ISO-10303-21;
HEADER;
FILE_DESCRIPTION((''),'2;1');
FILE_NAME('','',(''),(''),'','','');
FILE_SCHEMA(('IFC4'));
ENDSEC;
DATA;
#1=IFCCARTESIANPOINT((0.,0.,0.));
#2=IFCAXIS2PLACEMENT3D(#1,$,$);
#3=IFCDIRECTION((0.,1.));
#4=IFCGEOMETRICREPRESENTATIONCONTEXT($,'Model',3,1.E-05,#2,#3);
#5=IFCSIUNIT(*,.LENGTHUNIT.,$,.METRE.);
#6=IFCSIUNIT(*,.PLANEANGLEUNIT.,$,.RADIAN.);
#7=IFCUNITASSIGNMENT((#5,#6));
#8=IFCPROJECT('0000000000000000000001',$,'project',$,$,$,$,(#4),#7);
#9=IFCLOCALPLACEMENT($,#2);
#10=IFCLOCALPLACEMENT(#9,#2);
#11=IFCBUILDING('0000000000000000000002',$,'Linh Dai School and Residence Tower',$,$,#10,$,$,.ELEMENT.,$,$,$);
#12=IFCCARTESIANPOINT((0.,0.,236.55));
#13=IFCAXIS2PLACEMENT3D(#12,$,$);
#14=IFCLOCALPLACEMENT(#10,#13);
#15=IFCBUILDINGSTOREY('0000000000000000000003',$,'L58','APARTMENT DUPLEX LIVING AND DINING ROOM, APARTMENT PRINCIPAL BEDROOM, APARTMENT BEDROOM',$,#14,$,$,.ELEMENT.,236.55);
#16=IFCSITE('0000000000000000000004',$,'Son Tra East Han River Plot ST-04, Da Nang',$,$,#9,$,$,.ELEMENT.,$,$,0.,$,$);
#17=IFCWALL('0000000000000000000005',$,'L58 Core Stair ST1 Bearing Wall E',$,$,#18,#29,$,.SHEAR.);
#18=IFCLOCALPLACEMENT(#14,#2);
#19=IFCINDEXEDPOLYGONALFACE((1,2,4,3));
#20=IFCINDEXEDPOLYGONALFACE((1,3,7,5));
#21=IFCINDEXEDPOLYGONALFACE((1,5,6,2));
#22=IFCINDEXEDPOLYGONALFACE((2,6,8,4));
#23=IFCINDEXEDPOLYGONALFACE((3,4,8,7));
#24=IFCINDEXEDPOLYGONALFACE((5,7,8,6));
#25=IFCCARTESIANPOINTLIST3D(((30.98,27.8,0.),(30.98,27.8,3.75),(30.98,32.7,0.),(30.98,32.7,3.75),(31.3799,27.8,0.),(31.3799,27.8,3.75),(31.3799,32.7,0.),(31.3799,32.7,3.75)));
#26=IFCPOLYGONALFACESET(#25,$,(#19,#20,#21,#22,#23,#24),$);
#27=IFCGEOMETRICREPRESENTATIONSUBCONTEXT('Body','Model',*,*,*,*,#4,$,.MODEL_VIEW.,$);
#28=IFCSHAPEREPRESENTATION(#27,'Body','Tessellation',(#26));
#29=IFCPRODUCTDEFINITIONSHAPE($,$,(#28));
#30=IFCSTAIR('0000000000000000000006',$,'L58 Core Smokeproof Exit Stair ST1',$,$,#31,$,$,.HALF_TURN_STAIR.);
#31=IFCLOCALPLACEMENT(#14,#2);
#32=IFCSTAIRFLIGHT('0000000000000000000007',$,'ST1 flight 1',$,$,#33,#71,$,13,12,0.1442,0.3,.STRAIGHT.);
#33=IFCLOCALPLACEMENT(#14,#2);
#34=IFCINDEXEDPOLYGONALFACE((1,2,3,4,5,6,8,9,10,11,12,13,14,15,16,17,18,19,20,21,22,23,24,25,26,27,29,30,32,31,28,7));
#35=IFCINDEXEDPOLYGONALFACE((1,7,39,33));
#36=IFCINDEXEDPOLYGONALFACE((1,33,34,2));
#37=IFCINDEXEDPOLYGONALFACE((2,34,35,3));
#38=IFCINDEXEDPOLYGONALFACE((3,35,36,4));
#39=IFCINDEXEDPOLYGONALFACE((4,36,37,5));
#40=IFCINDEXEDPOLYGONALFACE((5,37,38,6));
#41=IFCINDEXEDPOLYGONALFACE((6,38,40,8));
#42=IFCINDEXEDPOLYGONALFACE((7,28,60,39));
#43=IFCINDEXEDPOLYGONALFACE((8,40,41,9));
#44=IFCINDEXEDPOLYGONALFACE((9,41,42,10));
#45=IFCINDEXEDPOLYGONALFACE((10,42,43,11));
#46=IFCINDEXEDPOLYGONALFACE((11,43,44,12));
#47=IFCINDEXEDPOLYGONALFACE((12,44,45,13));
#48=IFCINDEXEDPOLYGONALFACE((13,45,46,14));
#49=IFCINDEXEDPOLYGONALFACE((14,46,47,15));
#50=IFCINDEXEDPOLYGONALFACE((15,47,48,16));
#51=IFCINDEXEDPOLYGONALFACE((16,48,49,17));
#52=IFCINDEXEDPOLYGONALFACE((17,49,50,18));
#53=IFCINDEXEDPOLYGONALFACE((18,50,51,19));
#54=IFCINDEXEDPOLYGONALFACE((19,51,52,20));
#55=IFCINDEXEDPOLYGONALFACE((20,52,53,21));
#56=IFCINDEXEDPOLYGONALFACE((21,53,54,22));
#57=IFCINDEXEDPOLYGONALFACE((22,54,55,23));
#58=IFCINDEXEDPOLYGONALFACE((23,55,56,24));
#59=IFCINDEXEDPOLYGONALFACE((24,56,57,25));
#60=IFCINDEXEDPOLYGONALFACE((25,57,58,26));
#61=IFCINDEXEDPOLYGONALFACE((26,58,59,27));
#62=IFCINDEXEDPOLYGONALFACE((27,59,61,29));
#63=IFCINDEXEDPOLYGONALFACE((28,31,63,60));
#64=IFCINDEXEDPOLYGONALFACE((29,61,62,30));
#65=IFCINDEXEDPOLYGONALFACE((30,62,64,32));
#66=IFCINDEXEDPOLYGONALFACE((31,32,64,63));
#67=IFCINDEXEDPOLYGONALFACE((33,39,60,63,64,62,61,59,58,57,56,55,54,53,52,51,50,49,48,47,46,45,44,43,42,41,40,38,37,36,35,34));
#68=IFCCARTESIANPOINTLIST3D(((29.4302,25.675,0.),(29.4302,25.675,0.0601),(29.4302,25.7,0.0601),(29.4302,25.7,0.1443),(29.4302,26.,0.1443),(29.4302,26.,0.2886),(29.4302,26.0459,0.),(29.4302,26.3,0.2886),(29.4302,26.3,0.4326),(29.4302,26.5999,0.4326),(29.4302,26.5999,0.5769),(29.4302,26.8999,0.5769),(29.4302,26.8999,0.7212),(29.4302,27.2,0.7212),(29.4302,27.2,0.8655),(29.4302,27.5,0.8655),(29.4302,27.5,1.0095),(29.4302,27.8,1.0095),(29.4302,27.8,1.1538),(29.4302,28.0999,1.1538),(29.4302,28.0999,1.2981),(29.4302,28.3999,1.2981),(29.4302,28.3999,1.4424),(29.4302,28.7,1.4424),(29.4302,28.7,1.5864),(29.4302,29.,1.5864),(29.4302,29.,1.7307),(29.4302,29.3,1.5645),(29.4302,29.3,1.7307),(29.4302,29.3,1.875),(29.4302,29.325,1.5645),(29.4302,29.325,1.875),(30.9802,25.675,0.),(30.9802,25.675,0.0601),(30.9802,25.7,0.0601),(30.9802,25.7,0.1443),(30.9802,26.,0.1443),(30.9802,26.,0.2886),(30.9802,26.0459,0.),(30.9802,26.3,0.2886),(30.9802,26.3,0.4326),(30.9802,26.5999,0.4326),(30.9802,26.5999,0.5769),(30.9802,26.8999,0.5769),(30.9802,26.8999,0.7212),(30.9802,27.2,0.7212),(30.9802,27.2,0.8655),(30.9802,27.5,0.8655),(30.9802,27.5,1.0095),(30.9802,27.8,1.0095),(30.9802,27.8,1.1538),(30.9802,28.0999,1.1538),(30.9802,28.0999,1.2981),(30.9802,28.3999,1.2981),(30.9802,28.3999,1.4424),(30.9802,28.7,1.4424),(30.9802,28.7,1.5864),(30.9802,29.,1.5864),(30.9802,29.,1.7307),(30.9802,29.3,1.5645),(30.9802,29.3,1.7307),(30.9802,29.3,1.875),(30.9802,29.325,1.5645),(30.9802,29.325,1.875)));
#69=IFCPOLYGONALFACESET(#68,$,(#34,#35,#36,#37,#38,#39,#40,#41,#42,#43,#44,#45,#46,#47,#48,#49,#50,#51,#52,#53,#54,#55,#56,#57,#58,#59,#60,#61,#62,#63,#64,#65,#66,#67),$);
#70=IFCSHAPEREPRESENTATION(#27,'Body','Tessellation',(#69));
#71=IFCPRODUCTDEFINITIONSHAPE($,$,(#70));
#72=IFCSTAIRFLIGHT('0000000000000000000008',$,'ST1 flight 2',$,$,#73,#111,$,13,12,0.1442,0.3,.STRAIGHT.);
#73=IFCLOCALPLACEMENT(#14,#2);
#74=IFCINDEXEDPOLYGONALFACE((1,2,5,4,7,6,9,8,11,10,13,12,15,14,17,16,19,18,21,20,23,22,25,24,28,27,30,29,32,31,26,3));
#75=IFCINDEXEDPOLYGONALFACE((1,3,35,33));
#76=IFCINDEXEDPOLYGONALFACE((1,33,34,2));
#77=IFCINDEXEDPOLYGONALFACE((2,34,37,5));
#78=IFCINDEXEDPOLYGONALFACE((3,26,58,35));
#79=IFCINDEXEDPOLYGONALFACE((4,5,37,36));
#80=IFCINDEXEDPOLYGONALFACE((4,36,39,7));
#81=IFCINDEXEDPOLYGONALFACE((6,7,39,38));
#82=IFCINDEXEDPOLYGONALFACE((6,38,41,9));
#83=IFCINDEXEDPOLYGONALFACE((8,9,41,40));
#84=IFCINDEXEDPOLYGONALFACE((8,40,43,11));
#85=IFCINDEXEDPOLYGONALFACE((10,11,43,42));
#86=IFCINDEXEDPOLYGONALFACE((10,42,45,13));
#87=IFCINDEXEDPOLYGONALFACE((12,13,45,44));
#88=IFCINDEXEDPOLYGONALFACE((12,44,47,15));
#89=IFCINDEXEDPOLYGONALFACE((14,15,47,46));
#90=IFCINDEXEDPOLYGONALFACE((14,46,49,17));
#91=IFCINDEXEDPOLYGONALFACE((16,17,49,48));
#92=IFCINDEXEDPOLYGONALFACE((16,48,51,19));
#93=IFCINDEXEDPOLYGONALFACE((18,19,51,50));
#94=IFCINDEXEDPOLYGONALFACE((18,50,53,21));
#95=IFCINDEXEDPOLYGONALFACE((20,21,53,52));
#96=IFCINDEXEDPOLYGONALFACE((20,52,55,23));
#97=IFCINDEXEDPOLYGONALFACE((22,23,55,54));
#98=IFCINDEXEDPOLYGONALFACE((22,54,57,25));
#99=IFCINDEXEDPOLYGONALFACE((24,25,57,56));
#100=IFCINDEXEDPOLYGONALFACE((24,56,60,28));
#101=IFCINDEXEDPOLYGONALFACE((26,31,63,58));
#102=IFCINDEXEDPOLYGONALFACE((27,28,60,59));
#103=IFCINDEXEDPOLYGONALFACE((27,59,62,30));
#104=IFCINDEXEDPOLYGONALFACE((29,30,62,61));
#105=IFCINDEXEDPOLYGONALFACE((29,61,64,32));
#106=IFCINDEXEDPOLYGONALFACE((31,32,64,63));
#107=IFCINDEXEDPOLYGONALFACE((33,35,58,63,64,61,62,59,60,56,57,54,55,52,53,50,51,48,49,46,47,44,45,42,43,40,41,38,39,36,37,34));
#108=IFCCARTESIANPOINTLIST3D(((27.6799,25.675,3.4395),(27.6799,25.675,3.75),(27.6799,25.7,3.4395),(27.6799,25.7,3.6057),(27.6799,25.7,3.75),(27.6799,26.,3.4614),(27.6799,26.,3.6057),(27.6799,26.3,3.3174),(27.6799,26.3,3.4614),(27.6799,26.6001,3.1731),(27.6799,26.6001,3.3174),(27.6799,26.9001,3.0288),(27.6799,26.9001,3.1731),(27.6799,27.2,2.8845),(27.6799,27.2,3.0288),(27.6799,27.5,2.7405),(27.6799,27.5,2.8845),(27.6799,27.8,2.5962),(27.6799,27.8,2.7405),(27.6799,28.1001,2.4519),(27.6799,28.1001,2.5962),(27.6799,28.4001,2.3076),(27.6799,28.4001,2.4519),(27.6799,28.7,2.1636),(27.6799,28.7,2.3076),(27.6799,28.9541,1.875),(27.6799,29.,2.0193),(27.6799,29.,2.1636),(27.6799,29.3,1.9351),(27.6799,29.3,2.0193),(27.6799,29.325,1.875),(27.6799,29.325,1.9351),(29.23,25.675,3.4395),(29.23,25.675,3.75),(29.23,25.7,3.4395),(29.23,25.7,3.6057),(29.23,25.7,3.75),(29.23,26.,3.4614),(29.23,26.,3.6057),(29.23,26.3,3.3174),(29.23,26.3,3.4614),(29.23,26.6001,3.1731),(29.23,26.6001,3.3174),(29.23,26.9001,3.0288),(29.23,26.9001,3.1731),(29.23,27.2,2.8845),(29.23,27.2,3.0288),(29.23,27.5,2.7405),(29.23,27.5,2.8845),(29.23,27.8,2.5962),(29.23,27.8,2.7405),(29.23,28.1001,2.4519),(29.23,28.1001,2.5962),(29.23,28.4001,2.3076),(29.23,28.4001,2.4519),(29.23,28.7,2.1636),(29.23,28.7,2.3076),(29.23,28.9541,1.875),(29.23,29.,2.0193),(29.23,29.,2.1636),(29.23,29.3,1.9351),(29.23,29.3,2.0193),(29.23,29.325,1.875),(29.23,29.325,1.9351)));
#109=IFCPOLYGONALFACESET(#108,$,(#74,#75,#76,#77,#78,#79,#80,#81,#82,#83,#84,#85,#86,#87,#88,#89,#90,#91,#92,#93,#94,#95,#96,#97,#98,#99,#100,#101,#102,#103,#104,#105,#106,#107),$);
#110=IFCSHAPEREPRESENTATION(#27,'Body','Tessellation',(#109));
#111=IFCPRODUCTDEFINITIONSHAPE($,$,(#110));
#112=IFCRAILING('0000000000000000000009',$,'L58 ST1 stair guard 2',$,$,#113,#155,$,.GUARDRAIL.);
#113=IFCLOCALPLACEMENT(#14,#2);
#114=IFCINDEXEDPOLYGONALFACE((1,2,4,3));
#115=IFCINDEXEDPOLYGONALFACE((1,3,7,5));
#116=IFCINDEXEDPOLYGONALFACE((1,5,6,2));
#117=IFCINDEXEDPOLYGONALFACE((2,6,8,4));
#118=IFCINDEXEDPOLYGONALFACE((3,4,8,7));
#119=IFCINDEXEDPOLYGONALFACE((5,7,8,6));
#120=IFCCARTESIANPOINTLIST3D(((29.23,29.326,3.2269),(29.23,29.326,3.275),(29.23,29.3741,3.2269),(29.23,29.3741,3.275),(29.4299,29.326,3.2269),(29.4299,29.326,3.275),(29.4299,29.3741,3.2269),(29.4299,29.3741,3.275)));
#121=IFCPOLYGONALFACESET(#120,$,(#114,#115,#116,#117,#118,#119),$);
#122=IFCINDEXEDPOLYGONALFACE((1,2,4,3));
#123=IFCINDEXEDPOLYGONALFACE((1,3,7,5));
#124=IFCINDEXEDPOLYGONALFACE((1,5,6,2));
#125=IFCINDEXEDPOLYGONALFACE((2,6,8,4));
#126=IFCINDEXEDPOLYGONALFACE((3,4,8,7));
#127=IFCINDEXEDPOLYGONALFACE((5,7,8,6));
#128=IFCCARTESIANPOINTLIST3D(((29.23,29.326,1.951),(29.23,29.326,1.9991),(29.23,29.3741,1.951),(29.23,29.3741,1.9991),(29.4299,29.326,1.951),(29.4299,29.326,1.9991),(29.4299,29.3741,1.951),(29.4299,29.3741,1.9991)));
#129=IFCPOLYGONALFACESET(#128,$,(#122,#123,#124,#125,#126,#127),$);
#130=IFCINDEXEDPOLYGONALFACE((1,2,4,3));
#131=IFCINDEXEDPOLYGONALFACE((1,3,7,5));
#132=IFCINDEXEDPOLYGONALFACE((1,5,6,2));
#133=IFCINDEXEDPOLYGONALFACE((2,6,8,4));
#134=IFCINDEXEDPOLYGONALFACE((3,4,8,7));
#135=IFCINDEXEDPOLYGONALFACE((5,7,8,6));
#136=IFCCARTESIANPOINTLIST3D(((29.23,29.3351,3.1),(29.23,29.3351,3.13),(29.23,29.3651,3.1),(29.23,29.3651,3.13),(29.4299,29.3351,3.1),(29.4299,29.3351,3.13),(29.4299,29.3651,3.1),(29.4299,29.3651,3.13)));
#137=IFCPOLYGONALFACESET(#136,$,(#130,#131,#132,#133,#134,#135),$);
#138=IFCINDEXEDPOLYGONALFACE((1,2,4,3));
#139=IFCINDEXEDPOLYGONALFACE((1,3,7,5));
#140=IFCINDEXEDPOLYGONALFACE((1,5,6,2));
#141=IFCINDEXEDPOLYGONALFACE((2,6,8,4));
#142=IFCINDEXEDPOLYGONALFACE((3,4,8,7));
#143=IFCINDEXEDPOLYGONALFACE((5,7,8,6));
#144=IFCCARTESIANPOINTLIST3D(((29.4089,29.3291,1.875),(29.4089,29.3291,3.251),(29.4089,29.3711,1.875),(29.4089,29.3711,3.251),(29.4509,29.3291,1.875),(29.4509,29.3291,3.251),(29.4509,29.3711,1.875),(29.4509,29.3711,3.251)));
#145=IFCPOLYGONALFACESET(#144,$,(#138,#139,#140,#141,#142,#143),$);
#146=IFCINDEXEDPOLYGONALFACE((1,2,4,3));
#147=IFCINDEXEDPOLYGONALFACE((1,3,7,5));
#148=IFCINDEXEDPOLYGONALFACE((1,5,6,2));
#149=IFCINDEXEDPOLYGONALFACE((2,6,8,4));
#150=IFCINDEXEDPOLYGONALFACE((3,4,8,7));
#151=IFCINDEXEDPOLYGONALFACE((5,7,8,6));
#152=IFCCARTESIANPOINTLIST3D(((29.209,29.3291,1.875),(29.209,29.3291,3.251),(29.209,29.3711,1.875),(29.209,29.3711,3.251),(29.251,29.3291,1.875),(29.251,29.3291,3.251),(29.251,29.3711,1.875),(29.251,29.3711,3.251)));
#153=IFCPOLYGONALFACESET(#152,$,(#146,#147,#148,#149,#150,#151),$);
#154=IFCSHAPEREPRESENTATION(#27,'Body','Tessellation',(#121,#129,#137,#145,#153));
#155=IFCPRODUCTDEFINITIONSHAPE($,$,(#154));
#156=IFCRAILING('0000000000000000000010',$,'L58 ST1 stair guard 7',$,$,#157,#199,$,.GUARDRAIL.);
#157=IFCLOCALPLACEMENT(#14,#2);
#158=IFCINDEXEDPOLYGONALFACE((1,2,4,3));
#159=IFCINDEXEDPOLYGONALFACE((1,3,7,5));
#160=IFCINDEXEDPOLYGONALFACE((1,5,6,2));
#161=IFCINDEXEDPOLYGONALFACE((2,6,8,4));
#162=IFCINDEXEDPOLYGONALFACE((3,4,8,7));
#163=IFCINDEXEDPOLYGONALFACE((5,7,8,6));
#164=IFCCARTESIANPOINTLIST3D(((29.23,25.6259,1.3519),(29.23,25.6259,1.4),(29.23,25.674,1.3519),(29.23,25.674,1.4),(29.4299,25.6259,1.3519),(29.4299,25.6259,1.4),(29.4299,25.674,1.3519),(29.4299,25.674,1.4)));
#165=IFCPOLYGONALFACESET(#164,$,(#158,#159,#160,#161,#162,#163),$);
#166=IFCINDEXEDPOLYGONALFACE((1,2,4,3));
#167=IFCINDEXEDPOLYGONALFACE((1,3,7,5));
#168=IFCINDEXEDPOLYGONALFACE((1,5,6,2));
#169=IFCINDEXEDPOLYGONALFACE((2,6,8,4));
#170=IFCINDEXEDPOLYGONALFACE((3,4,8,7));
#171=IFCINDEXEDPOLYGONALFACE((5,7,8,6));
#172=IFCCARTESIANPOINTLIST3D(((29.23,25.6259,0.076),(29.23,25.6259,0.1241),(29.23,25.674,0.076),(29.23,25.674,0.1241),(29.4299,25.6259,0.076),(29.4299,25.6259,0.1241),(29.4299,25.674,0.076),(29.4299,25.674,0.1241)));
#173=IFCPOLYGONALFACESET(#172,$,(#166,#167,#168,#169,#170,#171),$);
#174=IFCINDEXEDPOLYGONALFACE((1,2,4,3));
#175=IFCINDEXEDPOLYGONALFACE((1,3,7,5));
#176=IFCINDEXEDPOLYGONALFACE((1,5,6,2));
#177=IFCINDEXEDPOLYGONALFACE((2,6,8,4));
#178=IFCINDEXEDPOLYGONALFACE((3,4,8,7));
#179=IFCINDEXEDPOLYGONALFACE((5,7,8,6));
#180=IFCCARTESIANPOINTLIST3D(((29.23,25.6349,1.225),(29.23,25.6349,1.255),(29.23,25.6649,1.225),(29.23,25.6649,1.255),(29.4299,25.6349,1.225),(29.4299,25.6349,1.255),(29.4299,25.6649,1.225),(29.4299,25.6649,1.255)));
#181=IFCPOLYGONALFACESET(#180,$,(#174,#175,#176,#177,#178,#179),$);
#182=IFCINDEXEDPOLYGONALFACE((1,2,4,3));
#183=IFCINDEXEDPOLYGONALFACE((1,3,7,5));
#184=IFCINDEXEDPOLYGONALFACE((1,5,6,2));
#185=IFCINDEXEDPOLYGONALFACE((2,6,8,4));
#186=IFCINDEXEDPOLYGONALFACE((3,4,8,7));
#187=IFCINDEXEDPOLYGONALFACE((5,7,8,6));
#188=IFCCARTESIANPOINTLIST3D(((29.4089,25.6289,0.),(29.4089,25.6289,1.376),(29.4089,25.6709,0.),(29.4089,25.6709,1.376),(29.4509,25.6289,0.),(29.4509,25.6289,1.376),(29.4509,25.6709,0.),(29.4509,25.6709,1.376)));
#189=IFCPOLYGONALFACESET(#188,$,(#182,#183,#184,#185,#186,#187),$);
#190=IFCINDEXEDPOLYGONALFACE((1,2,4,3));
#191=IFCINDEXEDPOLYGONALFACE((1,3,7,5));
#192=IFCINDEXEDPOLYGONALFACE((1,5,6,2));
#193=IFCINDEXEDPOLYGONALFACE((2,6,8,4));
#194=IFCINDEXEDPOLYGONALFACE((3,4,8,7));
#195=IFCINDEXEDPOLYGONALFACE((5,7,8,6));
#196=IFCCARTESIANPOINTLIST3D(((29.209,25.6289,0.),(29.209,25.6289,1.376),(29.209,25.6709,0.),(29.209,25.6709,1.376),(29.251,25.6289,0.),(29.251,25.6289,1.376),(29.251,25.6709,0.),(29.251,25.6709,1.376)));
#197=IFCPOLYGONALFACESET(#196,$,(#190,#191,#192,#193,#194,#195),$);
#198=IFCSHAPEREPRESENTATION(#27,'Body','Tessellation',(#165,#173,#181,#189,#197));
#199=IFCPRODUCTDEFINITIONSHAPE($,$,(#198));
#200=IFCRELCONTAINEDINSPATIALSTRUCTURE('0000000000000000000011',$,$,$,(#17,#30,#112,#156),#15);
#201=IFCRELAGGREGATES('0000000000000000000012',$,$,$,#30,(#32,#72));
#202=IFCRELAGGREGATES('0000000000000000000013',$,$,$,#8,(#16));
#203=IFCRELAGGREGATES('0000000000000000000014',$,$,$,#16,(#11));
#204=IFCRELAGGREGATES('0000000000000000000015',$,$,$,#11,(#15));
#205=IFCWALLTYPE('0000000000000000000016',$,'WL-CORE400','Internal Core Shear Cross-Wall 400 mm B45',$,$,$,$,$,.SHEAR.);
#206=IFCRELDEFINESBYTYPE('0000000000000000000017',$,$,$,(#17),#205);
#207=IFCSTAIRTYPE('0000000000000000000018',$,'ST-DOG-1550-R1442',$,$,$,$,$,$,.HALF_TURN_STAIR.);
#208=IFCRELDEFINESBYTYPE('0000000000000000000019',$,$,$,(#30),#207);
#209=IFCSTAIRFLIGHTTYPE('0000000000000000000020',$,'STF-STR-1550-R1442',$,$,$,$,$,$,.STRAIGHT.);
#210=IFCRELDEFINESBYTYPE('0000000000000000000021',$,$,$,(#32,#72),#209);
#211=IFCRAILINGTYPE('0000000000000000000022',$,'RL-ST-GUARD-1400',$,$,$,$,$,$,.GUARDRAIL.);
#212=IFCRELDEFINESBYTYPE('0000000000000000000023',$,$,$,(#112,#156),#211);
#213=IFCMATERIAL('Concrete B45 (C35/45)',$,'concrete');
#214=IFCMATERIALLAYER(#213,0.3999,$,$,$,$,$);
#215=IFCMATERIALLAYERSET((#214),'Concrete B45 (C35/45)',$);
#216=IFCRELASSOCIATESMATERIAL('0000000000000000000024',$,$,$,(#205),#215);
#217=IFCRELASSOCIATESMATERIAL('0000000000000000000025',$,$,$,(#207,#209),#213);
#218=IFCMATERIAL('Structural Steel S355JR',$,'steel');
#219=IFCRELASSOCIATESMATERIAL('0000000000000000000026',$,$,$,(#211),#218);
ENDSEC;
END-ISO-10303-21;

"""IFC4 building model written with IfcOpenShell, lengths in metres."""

from ifc_helpers import new_model, si_unit, direction, frame, frame_2d, origin, origin_2d, place, context, subcontext, project, spatial, polyline, rectangle, outline, extrude, source, transform, mapped, material, layer, layer_set, type_object, element, aggregate, save


model = new_model("IFC4")

# Units and contexts
model_context = context("Model", 3, precision=1e-05, world=origin(), true_north=direction((0.0, 1.0)))
body_context = subcontext(model_context, "Body", "Model", "MODEL_VIEW")
ifc_project = project(units=[si_unit("LENGTHUNIT", "METRE"), si_unit("PLANEANGLEUNIT", "RADIAN")], contexts=[model_context])

# Site, building, storey
site_placement = place(None, origin())
site = spatial("IfcSite", under=ifc_project, at=site_placement, Name="Son Tra East Han River Plot ST-04, Da Nang", CompositionType="ELEMENT", RefElevation=0.0)
building_placement = place(site_placement, origin())
building = spatial("IfcBuilding", under=site, at=building_placement, Name="Linh Dai School and Residence Tower", CompositionType="ELEMENT")
storey_placement = place(building_placement, frame((0.0, 0.0, 236.55)))
storey = spatial("IfcBuildingStorey", under=building, at=storey_placement, Name="L58", Description="APARTMENT DUPLEX LIVING AND DINING ROOM, APARTMENT PRINCIPAL BEDROOM, APARTMENT BEDROOM", CompositionType="ELEMENT", Elevation=236.55)

# Shared definitions
ifc_material_1 = material(Name="Structural Steel S355JR", Category="steel")

# Shared definitions
ifc_material_2 = material(Name="Concrete B45 (C35/45)", Category="concrete")

# Wall
ifc_layer_1 = layer(ifc_material_2, 0.3999)
ifc_layer_set_1 = layer_set([ifc_layer_1], Name="Concrete B45 (C35/45)")
wall_type_1 = type_object("IfcWallType", Name="WL-CORE400", Description="Internal Core Shear Cross-Wall 400 mm B45", PredefinedType="SHEAR", material=ifc_layer_set_1)
wall_1_placement = place(storey_placement, frame((31.1799, 27.8, 0.0), z_axis=(0.0, 0.0, 1.0), x_axis=(0.0, 1.0, 0.0)))
element("IfcWall", 1, at=wall_1_placement, inside=storey, type_object=wall_type_1, Name="L58 Core Stair ST1 Bearing Wall E", PredefinedType="SHEAR", context=body_context, shape_type="SweptSolid", body=[
    extrude(rectangle(XDim=4.8999, YDim=0.3999, at=frame_2d((2.45, 0.0))), origin(), (0.0, 0.0, 1.0), 3.75),
])

# Stair, stair flights
stair_type = type_object("IfcStairType", Name="ST-DOG-1550-R1442", PredefinedType="HALF_TURN_STAIR", material=ifc_material_2)
stair_placement = place(storey_placement, origin())
stair = element("IfcStair", 2, at=stair_placement, inside=storey, type_object=stair_type, Name="L58 Core Smokeproof Exit Stair ST1", PredefinedType="HALF_TURN_STAIR")
stair_flight_type = type_object("IfcStairFlightType", Name="STF-STR-1550-R1442", PredefinedType="STRAIGHT", material=ifc_material_2)
shared_shape_1 = source(origin(), body_context, "Body", "SweptSolid", [
    extrude(outline(polyline([(-0.0249, 0.0), (-0.0249, 0.0601), (0.0, 0.0601), (0.0, 0.1443), (0.3, 0.1443), (0.3, 0.2886), (0.6001, 0.2886), (0.6001, 0.4326), (0.8999, 0.4326), (0.8999, 0.5769), (1.2, 0.5769), (1.2, 0.7212), (1.5, 0.7212), (1.5, 0.8655), (1.8, 0.8655), (1.8, 1.0095), (2.1001, 1.0095), (2.1001, 1.1538), (2.3999, 1.1538), (2.3999, 1.2981), (2.7, 1.2981), (2.7, 1.4424), (3.0, 1.4424), (3.0, 1.5864), (3.3, 1.5864), (3.3, 1.7307), (3.6001, 1.7307), (3.6001, 1.875), (3.625, 1.875), (3.625, 1.5645), (3.6001, 1.5645), (0.3459, 0.0), (-0.0249, 0.0)])), frame((0.0, 0.7749, 0.0), z_axis=(0.0, -1.0, 0.0), x_axis=(1.0, 0.0, 0.0)), (0.0, 0.0, 1.0), 1.55),
])
stair_flight_1_placement = place(storey_placement, frame((30.2051, 25.7, 0.0), z_axis=(0.0, 0.0, 1.0), x_axis=(0.0, 1.0, 0.0)))
stair_flight_1 = element("IfcStairFlight", 3, at=stair_flight_1_placement, type_object=stair_flight_type, Name="ST1 flight 1", NumberOfRisers=13, NumberOfTreads=12, PredefinedType="STRAIGHT", RiserHeight=0.1442, TreadLength=0.3, context=body_context, shape_type="MappedRepresentation", body=[
    mapped(shared_shape_1, transform((0.0, 0.0, 0.0), x_axis=(1.0, 0.0, 0.0), y_axis=(0.0, 1.0, 0.0), z_axis=(0.0, 0.0, 1.0), scale=1.0)),
])
stair_flight_2_placement = place(storey_placement, frame((28.4551, 29.3, 1.875), z_axis=(0.0, 0.0, 1.0), x_axis=(0.0, -1.0, 0.0)))
stair_flight_2 = element("IfcStairFlight", 4, at=stair_flight_2_placement, type_object=stair_flight_type, Name="ST1 flight 2", NumberOfRisers=13, NumberOfTreads=12, PredefinedType="STRAIGHT", RiserHeight=0.1442, TreadLength=0.3, context=body_context, shape_type="MappedRepresentation", body=[
    mapped(shared_shape_1, transform((0.0, 0.0, 0.0), x_axis=(1.0, 0.0, 0.0), y_axis=(0.0, 1.0, 0.0), z_axis=(0.0, 0.0, 1.0), scale=1.0)),
])
aggregate(stair, [stair_flight_1, stair_flight_2])

# Railings
railing_type_1 = type_object("IfcRailingType", Name="RL-ST-GUARD-1400", PredefinedType="GUARDRAIL", material=ifc_material_1)
shared_shape_2 = source(origin(), body_context, "Body", "SweptSolid", [
    extrude(rectangle(XDim=0.0481, YDim=0.0481, at=origin_2d()), frame((0.0, 0.0, 1.376), z_axis=(-1.0, 0.0, 0.0), x_axis=(0.0, -1.0, 0.0)), (0.0, 0.0, 1.0), 0.2),
    extrude(rectangle(XDim=0.0481, YDim=0.0481, at=origin_2d()), frame((0.0, 0.0, 0.1001), z_axis=(-1.0, 0.0, 0.0), x_axis=(0.0, -1.0, 0.0)), (0.0, 0.0, 1.0), 0.2),
    extrude(rectangle(XDim=0.03, YDim=0.03, at=origin_2d()), frame((0.0, 0.0, 1.24), z_axis=(-1.0, 0.0, 0.0), x_axis=(0.0, -1.0, 0.0)), (0.0, 0.0, 1.0), 0.2),
    extrude(rectangle(XDim=0.042, YDim=0.042, at=origin_2d()), origin(), (0.0, 0.0, 1.0), 1.376),
    extrude(rectangle(XDim=0.042, YDim=0.042, at=origin_2d()), frame((-0.2, 0.0, 0.0)), (0.0, 0.0, 1.0), 1.376),
])
for number, where, name in (
    (5, (29.4299, 29.3501, 1.875), "L58 ST1 stair guard 2"),
    (6, (29.4299, 25.6499, 0.0), "L58 ST1 stair guard 7"),
):
    element("IfcRailing", number, at=place(storey_placement, frame(where)), inside=storey, type_object=railing_type_1, Name=name, PredefinedType="GUARDRAIL", context=body_context, shape_type="MappedRepresentation", body=[
        mapped(shared_shape_2, transform((0.0, 0.0, 0.0), x_axis=(1.0, 0.0, 0.0), y_axis=(0.0, 1.0, 0.0), z_axis=(0.0, 0.0, 1.0), scale=1.0)),
    ])

save(model, "model.ifc")
